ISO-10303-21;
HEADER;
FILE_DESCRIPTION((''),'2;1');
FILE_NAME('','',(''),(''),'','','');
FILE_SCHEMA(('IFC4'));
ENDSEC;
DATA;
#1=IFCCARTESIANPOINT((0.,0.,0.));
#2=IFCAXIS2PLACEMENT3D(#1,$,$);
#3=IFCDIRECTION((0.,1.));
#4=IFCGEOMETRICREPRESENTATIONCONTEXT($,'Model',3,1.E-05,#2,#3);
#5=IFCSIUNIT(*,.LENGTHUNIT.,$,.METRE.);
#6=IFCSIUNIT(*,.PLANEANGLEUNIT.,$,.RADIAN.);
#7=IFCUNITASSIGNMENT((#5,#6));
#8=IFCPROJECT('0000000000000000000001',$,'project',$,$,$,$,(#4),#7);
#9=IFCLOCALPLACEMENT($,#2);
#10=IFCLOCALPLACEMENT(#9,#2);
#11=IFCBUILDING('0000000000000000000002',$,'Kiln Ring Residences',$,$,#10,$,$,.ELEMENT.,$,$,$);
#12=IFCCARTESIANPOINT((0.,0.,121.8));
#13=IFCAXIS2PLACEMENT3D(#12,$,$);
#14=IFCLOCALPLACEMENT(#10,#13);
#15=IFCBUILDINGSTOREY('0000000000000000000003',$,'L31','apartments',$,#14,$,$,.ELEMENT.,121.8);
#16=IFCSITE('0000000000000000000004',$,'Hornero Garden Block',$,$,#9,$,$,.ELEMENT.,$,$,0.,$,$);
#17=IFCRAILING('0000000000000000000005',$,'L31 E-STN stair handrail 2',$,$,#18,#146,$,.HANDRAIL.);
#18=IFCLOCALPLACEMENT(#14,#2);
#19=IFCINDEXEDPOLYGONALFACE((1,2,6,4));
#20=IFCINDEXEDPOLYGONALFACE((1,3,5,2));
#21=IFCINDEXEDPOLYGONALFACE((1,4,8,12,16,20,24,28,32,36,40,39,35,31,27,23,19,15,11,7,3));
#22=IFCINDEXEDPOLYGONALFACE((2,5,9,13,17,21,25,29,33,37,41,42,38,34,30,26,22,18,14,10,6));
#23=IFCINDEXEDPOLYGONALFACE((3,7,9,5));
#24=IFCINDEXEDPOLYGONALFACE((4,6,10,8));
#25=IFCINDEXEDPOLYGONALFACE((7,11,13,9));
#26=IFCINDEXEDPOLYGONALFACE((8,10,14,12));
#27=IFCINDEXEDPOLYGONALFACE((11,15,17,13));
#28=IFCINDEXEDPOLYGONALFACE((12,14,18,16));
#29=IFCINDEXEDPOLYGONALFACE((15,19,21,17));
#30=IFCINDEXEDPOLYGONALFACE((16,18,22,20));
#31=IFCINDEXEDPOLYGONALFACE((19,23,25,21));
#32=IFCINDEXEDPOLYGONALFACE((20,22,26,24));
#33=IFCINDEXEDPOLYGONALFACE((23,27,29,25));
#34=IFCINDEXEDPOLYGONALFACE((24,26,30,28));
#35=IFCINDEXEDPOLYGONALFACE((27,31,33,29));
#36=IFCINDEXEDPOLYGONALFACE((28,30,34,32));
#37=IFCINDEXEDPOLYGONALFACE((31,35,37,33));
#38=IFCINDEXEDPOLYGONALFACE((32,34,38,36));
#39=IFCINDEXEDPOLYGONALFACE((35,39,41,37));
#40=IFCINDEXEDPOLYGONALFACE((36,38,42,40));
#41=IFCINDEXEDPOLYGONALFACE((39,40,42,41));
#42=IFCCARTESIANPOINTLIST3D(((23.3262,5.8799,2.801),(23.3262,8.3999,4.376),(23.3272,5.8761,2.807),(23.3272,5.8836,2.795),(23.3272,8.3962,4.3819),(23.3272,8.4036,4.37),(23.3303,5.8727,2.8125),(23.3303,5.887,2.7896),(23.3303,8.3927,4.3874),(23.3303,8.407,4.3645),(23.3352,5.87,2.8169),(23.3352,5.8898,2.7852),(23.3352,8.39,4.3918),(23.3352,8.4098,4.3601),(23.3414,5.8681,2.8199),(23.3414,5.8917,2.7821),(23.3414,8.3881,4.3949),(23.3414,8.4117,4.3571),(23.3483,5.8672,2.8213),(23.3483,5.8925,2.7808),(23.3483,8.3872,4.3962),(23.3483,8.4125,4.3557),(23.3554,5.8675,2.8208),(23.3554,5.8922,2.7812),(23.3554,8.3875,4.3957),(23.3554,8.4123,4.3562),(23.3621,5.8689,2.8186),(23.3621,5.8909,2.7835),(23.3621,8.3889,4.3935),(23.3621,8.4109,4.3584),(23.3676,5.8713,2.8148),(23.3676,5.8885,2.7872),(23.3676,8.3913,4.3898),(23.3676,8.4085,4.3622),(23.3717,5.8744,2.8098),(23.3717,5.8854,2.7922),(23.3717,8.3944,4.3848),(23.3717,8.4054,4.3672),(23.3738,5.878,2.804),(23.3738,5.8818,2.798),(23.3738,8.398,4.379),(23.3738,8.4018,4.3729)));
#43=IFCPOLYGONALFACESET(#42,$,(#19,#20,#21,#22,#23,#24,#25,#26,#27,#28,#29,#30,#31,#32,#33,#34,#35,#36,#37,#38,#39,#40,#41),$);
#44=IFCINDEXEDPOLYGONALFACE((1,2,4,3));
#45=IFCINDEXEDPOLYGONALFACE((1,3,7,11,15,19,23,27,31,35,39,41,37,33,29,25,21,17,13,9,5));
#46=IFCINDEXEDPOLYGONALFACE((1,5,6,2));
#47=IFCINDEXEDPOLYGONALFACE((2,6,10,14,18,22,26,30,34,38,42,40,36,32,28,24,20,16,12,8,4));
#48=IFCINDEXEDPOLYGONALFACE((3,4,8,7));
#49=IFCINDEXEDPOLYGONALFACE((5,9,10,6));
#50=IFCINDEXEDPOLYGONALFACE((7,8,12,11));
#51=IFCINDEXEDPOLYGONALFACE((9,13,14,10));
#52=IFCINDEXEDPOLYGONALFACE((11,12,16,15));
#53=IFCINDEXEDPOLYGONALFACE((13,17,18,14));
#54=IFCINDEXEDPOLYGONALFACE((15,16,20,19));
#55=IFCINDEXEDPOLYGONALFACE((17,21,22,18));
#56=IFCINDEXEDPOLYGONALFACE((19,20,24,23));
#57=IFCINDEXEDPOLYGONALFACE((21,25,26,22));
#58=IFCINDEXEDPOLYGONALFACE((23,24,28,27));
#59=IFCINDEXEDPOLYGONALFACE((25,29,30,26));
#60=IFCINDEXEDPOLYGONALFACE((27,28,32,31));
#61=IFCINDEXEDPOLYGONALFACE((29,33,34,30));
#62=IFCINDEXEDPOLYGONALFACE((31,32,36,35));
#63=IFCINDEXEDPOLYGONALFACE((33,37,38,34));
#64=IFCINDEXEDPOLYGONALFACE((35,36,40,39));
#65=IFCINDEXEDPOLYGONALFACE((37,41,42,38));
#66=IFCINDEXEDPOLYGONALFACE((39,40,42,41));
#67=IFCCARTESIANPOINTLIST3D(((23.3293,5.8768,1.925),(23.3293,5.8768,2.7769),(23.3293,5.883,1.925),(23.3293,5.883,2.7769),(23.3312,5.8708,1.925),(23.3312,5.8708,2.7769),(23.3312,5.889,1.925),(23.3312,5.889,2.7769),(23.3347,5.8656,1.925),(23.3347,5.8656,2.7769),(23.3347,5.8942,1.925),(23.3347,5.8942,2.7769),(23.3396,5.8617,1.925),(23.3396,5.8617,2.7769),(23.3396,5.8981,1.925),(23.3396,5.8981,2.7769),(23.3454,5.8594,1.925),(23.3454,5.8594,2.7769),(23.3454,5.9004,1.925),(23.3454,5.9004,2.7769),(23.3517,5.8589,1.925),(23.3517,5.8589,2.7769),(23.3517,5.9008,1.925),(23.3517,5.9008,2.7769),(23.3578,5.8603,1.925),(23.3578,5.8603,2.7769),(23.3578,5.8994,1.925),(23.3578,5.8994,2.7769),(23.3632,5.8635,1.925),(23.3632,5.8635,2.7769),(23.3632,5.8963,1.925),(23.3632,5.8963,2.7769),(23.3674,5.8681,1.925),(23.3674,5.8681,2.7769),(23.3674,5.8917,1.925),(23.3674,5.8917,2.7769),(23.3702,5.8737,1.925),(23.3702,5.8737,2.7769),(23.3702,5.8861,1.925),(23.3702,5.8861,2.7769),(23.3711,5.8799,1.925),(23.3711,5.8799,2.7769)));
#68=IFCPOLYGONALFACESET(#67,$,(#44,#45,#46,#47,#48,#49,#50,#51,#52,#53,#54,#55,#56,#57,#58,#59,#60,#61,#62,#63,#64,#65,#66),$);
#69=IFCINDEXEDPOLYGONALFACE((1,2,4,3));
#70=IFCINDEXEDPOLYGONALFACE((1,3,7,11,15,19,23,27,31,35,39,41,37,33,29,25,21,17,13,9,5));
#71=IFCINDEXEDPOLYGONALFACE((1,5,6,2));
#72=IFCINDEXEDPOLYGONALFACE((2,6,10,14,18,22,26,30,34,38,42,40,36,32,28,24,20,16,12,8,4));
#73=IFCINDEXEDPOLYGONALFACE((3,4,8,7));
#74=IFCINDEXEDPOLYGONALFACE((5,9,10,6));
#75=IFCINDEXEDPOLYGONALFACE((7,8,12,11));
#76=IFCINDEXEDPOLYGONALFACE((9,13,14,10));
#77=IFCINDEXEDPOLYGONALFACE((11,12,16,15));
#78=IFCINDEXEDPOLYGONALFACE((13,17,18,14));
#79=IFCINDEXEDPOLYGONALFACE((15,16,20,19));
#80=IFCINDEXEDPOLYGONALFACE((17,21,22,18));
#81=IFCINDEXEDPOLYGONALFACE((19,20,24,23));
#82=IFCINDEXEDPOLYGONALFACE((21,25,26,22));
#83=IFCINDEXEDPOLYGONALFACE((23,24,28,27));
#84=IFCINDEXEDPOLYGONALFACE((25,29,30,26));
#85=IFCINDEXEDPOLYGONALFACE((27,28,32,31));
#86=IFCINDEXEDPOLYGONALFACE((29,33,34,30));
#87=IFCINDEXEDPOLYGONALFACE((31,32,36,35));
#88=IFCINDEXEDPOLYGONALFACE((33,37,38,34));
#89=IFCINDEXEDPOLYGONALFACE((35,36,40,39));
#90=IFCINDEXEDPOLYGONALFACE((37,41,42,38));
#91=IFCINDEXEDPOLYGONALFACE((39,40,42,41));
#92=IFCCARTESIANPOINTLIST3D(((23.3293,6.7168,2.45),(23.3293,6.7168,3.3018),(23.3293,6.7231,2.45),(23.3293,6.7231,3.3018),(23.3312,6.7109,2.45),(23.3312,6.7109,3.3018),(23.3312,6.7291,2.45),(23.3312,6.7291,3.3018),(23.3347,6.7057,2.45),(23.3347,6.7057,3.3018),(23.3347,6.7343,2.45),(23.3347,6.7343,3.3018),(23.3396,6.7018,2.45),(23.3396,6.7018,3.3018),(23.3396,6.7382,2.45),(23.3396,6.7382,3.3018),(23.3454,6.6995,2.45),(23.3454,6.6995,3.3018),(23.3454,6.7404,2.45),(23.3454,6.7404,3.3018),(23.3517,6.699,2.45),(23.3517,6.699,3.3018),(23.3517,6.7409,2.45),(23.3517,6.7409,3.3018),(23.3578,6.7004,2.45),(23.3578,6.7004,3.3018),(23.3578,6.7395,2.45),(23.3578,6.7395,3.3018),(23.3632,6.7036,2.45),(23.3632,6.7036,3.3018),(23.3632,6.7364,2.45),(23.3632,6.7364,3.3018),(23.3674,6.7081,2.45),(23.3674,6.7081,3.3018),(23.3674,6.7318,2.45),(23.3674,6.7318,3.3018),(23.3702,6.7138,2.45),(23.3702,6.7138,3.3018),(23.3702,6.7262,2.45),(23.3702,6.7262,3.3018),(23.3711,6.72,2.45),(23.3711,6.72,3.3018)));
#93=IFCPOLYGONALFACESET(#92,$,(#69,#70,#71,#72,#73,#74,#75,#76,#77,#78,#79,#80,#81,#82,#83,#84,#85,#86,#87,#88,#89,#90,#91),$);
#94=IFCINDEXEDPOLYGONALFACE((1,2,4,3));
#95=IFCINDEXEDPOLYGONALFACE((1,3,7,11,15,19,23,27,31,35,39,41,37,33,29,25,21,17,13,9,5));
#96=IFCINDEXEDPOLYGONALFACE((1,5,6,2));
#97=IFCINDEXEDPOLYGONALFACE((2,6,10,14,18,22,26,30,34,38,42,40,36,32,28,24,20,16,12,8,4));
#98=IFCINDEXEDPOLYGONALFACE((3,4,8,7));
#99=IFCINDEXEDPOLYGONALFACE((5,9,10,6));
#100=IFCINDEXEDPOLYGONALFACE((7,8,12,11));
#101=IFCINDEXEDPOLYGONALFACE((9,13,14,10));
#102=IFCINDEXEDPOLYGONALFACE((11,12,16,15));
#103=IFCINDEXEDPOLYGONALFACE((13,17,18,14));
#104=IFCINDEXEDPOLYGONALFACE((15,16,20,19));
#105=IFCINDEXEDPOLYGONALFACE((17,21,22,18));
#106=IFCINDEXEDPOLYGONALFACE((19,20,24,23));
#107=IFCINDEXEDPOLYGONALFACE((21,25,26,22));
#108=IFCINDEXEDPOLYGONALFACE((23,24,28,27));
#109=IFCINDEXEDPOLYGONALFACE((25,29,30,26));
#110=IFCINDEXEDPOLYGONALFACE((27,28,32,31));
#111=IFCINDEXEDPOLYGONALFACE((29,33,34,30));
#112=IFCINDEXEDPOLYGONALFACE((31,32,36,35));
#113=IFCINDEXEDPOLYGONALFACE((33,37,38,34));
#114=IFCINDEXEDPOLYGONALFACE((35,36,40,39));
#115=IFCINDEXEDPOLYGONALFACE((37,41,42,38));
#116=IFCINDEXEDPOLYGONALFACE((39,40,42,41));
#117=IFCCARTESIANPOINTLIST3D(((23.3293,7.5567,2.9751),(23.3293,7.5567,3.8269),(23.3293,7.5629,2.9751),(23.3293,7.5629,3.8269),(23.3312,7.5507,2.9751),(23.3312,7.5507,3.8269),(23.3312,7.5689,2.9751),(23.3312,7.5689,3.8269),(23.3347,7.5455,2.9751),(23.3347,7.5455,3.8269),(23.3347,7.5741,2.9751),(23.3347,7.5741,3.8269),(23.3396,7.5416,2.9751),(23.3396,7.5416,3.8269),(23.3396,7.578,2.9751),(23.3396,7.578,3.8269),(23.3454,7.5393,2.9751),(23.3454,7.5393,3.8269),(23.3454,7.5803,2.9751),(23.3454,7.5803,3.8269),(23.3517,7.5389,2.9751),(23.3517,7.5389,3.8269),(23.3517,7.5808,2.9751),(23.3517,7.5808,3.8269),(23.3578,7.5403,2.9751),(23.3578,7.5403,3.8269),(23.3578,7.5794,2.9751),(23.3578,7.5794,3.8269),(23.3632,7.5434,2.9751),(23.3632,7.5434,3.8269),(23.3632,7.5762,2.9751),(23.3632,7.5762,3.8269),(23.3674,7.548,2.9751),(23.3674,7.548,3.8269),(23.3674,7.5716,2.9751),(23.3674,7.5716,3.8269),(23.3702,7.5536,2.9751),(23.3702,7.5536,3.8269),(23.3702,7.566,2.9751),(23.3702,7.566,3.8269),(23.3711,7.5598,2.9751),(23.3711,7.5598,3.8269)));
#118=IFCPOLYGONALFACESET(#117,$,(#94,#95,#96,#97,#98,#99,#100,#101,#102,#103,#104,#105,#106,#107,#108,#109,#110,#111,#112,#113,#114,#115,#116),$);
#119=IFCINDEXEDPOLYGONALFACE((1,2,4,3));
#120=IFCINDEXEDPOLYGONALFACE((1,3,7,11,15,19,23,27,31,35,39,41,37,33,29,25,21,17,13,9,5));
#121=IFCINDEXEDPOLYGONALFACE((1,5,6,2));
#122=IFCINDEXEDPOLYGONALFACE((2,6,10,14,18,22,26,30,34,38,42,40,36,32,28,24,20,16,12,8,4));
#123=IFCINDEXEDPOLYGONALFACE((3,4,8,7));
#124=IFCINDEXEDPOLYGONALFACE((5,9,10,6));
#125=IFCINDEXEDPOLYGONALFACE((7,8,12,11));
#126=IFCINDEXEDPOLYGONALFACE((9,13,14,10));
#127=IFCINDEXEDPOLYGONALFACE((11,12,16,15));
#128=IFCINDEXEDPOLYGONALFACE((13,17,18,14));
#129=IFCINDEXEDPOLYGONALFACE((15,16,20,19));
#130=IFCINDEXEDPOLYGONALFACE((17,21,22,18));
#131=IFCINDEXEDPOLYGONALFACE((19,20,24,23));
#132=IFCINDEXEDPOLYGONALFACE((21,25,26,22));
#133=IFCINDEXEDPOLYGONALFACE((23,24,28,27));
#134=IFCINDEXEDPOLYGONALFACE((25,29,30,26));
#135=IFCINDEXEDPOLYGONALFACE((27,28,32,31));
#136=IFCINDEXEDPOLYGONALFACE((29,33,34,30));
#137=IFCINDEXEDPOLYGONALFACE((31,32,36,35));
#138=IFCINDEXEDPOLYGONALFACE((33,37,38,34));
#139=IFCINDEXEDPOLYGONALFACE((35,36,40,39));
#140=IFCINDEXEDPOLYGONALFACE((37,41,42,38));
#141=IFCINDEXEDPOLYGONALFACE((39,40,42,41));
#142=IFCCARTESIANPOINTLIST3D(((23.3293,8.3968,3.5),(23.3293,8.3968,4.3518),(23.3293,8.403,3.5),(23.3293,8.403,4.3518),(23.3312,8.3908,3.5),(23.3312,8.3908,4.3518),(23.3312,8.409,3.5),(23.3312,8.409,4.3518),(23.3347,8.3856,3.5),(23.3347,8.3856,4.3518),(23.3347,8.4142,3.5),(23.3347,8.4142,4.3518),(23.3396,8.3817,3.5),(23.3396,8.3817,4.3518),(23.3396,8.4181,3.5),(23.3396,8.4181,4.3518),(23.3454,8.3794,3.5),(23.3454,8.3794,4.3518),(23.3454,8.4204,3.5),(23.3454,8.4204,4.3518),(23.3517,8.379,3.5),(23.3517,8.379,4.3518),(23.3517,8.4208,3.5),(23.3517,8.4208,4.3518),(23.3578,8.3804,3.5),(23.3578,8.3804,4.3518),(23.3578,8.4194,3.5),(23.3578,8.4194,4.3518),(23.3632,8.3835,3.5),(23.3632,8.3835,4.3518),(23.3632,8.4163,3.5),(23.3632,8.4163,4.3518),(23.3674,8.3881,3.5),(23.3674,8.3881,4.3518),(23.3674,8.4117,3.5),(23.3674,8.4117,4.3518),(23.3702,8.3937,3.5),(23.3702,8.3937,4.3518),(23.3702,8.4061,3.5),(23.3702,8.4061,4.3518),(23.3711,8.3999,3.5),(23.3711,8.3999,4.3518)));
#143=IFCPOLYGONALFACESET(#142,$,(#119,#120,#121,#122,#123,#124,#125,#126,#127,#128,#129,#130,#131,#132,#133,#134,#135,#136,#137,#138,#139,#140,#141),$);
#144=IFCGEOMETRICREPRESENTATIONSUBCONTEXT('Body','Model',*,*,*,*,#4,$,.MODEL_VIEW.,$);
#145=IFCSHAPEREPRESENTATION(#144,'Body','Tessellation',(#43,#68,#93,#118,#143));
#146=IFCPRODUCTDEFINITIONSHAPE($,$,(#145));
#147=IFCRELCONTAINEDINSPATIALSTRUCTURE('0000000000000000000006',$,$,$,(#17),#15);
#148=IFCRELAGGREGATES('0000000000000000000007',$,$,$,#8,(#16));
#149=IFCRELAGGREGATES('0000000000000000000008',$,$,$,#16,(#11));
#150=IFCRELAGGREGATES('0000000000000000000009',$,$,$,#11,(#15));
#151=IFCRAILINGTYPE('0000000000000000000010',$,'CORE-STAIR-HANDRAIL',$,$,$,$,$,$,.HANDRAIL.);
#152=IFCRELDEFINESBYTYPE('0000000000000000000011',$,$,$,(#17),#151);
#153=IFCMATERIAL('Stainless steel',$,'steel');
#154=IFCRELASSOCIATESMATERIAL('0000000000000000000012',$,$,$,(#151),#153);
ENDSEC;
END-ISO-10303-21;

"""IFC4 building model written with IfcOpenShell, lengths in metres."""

from ifc_helpers import new_model, si_unit, direction, frame, origin, origin_2d, place, context, subcontext, project, spatial, circle, extrude, material, type_object, element, save


model = new_model("IFC4")

# Units and contexts
model_context = context("Model", 3, precision=1e-05, world=origin(), true_north=direction((0.0, 1.0)))
body_context = subcontext(model_context, "Body", "Model", "MODEL_VIEW")
ifc_project = project(units=[si_unit("LENGTHUNIT", "METRE"), si_unit("PLANEANGLEUNIT", "RADIAN")], contexts=[model_context])

# Site, building, storey
site_placement = place(None, origin())
site = spatial("IfcSite", under=ifc_project, at=site_placement, Name="Hornero Garden Block", CompositionType="ELEMENT", RefElevation=0.0)
building_placement = place(site_placement, origin())
building = spatial("IfcBuilding", under=site, at=building_placement, Name="Kiln Ring Residences", CompositionType="ELEMENT")
storey_placement = place(building_placement, frame((0.0, 0.0, 121.8)))
storey = spatial("IfcBuildingStorey", under=building, at=storey_placement, Name="L31", Description="apartments", CompositionType="ELEMENT", Elevation=121.8)

# Railing
ifc_material_1 = material(Name="Stainless steel", Category="steel")
railing_type_1 = type_object("IfcRailingType", Name="CORE-STAIR-HANDRAIL", PredefinedType="HANDRAIL", material=ifc_material_1)
railing_1_placement = place(storey_placement, frame((23.3501, 5.8799, 1.925)))
element("IfcRailing", 1, at=railing_1_placement, inside=storey, type_object=railing_type_1, Name="L31 E-STN stair handrail 2", PredefinedType="HANDRAIL", context=body_context, shape_type="SweptSolid", body=[
    extrude(circle(Radius=0.0239, at=origin_2d()), frame((0.0, 0.0, 0.876), z_axis=(0.0, 0.848008, 0.529984), x_axis=(-1.0, 0.0, 0.0)), (0.0, 0.0, 1.0), 2.9717),
    extrude(circle(Radius=0.021, at=origin_2d()), origin(), (0.0, 0.0, 1.0), 0.8518),
    extrude(circle(Radius=0.021, at=origin_2d()), frame((0.0, 0.8401, 0.5249)), (0.0, 0.0, 1.0), 0.8518),
    extrude(circle(Radius=0.021, at=origin_2d()), frame((0.0, 1.6799, 1.05)), (0.0, 0.0, 1.0), 0.8518),
    extrude(circle(Radius=0.021, at=origin_2d()), frame((0.0, 2.52, 1.575)), (0.0, 0.0, 1.0), 0.8518),
])

save(model, "model.ifc")
